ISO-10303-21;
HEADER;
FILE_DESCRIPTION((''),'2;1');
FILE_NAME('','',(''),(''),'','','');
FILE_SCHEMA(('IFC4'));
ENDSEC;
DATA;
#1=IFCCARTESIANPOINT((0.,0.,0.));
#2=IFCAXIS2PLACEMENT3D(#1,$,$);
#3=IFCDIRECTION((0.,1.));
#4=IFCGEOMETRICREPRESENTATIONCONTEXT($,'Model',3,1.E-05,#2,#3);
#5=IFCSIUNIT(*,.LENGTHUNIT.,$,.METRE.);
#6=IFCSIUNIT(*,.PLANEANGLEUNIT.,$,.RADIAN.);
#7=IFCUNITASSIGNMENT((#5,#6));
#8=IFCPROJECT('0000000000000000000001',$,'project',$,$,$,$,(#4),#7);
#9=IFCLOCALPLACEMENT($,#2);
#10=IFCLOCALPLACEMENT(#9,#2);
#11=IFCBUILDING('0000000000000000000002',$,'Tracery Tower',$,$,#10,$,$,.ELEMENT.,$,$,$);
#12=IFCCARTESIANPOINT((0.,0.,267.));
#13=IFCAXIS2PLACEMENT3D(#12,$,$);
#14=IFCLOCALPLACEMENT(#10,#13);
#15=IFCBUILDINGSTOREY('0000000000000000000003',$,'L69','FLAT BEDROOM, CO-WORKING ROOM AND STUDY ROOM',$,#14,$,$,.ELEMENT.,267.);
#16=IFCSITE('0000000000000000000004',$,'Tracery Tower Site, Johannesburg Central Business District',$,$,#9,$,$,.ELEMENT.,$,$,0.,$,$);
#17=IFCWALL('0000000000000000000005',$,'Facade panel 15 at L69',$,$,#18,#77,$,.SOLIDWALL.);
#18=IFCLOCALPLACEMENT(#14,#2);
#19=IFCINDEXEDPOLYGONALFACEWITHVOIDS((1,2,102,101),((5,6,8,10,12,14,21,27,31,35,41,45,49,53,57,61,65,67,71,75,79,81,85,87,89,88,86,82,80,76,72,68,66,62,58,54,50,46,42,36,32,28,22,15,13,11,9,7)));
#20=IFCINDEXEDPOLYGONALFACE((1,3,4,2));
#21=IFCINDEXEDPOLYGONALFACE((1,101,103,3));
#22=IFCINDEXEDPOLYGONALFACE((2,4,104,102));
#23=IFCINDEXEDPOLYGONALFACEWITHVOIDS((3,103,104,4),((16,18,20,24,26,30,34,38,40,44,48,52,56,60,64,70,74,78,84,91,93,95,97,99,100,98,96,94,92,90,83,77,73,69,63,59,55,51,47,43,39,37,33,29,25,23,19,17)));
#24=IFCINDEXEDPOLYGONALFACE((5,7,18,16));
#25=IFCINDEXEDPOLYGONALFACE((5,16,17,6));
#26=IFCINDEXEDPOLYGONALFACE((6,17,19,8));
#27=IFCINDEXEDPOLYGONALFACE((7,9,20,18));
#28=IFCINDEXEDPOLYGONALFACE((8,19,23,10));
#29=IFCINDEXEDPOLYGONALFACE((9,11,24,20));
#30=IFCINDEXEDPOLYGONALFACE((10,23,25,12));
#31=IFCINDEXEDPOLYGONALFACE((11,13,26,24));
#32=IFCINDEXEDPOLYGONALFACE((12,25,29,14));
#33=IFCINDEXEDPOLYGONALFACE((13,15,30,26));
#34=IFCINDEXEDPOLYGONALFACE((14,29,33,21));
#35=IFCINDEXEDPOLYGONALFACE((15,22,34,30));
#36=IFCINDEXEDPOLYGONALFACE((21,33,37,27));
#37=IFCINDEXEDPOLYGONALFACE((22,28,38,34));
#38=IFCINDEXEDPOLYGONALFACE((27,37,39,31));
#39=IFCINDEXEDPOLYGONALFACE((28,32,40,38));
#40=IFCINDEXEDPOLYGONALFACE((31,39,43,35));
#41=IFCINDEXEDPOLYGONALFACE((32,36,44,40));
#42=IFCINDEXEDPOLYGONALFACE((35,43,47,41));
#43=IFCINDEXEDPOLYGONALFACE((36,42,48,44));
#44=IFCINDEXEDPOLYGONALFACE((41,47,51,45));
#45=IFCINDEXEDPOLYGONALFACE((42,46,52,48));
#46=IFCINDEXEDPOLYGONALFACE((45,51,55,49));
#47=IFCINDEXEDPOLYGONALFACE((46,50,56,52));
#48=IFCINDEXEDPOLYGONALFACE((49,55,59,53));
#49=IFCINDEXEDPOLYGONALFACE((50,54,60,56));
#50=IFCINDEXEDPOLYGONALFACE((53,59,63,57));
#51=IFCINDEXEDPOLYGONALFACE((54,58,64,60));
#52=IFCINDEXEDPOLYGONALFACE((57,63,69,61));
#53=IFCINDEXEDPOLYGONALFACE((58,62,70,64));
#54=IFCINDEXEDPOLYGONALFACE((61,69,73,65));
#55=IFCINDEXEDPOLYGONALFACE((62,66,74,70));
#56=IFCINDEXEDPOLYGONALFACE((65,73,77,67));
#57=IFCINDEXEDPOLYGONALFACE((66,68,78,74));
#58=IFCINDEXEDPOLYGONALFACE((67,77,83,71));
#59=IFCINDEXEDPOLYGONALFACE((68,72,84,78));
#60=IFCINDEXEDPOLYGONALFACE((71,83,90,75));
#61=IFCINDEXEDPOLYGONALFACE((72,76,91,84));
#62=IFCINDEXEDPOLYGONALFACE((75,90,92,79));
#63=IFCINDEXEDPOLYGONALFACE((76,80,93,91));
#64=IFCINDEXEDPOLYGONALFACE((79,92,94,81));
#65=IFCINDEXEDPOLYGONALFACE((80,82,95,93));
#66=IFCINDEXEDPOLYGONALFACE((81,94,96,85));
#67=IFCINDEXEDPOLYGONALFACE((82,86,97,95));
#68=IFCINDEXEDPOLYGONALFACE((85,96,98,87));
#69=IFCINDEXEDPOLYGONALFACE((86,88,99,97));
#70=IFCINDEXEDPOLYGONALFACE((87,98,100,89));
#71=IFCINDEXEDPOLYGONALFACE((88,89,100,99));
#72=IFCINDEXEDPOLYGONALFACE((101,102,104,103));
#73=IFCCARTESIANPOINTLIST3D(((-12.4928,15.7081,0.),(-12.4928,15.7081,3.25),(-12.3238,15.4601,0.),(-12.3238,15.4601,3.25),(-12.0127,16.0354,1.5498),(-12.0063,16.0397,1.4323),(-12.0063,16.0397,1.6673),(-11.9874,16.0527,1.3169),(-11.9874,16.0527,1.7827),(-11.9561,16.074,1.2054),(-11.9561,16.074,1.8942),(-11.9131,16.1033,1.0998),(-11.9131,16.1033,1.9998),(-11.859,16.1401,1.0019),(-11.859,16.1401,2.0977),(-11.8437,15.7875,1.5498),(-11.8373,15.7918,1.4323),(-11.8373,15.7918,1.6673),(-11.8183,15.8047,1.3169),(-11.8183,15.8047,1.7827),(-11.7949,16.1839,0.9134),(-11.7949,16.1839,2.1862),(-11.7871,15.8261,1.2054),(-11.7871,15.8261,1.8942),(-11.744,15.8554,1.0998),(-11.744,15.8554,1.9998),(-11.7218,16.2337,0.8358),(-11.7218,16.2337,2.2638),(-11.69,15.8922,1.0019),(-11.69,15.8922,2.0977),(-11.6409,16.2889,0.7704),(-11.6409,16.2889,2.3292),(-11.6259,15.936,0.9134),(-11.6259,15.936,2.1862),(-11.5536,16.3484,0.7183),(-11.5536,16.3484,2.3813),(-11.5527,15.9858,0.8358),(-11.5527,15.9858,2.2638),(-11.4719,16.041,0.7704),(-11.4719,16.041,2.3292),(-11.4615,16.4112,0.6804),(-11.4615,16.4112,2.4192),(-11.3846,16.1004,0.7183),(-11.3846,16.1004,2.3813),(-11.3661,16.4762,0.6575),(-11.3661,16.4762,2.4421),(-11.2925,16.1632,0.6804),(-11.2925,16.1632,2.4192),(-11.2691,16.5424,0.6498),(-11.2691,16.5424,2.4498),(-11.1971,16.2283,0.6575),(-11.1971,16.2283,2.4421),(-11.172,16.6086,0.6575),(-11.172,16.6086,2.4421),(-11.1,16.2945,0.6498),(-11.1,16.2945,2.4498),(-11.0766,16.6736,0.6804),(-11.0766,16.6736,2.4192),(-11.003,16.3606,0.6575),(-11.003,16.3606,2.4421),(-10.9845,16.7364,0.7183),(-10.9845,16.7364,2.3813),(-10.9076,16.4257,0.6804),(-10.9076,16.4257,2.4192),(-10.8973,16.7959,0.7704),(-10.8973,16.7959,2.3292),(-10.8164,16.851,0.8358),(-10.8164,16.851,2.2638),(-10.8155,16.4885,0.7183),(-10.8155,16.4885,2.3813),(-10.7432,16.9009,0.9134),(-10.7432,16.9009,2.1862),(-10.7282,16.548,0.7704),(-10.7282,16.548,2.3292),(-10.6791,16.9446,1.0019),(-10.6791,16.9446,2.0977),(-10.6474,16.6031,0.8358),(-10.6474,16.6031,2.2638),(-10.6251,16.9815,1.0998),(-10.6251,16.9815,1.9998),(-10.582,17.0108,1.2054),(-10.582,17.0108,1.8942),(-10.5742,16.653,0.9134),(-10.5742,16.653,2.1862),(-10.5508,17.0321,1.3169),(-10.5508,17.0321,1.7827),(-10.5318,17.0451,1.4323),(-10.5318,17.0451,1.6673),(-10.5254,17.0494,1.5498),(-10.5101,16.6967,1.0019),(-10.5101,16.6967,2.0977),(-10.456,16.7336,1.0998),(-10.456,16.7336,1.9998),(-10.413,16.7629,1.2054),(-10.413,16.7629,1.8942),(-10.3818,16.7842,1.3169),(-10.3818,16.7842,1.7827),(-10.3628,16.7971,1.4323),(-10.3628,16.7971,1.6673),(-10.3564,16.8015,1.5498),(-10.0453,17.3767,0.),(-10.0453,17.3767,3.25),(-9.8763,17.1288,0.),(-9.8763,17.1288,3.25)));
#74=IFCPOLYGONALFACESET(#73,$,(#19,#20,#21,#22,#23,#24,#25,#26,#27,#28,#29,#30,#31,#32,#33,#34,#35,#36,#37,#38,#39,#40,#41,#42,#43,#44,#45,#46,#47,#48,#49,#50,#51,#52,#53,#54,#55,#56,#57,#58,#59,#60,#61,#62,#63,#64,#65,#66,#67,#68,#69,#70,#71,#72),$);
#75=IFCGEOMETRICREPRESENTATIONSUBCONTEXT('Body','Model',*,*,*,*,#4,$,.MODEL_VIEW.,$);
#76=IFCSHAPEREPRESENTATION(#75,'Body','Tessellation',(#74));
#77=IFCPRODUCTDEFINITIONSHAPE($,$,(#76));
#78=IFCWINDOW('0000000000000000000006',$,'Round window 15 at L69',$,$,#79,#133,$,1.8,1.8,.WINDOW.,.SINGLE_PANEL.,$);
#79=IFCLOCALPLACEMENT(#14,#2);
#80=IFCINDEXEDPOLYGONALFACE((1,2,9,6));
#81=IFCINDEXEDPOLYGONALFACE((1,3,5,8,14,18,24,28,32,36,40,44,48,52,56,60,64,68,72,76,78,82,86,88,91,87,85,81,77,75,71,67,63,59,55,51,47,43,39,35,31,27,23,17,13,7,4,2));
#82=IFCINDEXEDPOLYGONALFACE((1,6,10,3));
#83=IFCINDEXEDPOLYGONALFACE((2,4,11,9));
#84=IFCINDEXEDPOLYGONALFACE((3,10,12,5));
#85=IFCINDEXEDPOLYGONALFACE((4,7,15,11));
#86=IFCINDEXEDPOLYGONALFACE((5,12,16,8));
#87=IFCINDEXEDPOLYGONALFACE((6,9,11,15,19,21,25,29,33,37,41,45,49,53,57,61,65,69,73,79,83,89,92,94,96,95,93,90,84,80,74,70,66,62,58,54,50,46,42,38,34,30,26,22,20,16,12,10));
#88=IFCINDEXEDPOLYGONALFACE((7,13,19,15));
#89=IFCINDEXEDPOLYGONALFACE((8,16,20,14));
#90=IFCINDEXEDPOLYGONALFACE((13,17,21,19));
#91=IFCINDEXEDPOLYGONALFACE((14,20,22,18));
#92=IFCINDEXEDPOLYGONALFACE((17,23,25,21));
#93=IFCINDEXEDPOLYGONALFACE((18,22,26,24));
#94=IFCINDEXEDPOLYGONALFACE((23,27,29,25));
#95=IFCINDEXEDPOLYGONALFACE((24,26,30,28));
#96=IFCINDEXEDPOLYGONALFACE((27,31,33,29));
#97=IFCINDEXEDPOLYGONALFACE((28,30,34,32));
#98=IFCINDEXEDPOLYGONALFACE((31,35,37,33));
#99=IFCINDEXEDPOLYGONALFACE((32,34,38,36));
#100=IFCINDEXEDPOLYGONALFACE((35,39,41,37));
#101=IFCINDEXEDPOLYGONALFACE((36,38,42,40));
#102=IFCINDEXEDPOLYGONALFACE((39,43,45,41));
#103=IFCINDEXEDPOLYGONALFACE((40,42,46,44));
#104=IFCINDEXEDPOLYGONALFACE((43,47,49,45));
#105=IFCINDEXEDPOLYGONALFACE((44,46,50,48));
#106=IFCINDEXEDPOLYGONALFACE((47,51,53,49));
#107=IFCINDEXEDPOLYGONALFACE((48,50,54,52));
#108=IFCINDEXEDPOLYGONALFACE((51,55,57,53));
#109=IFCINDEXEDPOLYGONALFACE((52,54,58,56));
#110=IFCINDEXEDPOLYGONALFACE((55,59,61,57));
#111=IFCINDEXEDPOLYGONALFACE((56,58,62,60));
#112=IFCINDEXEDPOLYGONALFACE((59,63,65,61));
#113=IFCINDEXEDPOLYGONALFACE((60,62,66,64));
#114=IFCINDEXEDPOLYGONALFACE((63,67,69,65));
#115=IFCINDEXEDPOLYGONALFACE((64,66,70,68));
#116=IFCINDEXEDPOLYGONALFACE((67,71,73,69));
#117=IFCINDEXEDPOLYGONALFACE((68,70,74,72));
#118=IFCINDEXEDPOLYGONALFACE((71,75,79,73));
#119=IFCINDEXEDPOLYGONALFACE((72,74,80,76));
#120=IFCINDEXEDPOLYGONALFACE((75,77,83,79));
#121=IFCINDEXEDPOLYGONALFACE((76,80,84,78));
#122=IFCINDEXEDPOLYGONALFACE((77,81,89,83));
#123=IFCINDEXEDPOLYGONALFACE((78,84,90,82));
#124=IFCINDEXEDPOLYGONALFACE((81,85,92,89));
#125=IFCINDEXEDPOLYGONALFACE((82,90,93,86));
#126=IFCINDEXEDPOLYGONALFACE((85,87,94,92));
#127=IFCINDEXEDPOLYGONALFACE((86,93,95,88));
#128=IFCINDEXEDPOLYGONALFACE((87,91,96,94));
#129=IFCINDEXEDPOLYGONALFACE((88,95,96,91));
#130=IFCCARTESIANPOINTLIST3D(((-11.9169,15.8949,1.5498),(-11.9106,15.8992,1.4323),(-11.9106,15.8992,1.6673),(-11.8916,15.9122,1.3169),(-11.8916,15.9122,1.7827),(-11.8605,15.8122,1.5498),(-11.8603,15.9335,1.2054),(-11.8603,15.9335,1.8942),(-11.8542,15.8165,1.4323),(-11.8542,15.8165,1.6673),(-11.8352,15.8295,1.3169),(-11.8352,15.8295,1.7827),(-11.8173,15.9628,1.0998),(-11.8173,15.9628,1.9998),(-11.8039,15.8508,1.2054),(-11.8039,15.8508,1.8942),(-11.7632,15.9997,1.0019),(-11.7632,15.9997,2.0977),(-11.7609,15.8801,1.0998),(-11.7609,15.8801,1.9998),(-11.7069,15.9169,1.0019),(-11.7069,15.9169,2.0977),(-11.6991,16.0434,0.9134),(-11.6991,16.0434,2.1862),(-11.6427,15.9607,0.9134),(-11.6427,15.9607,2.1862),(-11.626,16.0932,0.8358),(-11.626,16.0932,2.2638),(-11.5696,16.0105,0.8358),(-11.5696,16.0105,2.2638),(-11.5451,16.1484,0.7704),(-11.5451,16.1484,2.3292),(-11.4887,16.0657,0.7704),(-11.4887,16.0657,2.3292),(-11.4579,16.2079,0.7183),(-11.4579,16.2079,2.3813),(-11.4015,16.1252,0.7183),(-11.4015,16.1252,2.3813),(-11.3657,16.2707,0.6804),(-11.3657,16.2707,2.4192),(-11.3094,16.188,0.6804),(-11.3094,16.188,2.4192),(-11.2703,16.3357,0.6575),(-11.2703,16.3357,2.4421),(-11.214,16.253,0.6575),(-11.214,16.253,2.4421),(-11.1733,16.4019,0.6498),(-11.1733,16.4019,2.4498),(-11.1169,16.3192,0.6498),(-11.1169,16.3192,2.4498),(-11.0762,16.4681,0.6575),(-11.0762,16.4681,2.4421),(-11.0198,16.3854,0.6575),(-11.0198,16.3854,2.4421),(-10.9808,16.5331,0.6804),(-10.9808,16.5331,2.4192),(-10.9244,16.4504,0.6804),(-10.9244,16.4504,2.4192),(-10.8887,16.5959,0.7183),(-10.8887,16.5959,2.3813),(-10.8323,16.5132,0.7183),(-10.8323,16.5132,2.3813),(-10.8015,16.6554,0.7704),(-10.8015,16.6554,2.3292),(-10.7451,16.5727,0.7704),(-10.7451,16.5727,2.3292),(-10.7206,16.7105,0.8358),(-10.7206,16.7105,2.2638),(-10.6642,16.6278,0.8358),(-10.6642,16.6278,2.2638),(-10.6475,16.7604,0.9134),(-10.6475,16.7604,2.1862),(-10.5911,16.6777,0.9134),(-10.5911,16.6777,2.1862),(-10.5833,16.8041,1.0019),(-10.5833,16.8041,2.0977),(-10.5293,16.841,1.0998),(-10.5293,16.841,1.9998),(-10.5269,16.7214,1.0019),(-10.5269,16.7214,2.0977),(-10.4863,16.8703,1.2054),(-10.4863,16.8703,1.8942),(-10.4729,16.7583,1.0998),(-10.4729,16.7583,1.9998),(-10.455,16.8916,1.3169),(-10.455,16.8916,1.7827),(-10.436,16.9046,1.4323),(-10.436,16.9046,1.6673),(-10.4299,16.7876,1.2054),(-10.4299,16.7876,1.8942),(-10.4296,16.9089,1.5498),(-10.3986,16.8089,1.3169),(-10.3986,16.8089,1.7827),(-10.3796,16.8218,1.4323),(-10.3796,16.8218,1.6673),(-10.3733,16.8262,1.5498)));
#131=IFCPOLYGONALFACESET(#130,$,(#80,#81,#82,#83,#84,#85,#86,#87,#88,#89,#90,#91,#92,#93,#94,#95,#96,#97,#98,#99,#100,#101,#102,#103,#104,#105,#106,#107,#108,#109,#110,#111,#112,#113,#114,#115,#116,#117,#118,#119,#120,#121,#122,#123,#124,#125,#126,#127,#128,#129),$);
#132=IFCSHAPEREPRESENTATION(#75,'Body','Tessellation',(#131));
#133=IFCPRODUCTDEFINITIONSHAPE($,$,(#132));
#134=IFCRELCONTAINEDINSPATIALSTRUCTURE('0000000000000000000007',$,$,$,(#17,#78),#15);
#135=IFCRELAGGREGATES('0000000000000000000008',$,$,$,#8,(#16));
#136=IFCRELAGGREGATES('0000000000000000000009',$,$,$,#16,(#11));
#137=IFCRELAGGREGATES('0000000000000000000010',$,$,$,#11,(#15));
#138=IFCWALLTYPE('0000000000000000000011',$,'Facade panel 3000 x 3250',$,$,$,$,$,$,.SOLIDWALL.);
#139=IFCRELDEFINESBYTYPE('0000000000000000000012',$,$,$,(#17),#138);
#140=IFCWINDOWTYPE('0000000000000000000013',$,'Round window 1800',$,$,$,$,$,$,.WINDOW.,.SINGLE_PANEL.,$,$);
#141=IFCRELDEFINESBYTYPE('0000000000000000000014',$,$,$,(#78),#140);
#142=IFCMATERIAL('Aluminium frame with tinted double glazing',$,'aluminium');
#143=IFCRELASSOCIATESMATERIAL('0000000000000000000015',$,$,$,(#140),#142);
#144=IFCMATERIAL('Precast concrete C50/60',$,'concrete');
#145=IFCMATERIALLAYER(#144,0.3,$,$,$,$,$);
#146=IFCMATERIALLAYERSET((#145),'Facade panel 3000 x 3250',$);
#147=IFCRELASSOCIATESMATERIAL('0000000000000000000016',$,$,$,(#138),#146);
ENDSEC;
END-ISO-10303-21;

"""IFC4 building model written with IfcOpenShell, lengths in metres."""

from ifc_helpers import new_model, si_unit, direction, frame, frame_2d, origin, origin_2d, place, context, subcontext, project, spatial, rectangle, circle, extrude, material, layer, layer_set, type_object, element, fill, save


model = new_model("IFC4")

# Units and contexts
model_context = context("Model", 3, precision=1e-05, world=origin(), true_north=direction((0.0, 1.0)))
body_context = subcontext(model_context, "Body", "Model", "MODEL_VIEW")
ifc_project = project(units=[si_unit("LENGTHUNIT", "METRE"), si_unit("PLANEANGLEUNIT", "RADIAN")], contexts=[model_context])

# Site, building, storey
site_placement = place(None, origin())
site = spatial("IfcSite", under=ifc_project, at=site_placement, Name="Tracery Tower Site, Johannesburg Central Business District", CompositionType="ELEMENT", RefElevation=0.0)
building_placement = place(site_placement, origin())
building = spatial("IfcBuilding", under=site, at=building_placement, Name="Tracery Tower", CompositionType="ELEMENT")
storey_placement = place(building_placement, frame((0.0, 0.0, 267.0)))
storey = spatial("IfcBuildingStorey", under=building, at=storey_placement, Name="L69", Description="FLAT BEDROOM, CO-WORKING ROOM AND STUDY ROOM", CompositionType="ELEMENT", Elevation=267.0)

# Wall, opening, window
ifc_material_1 = material(Name="Aluminium frame with tinted double glazing", Category="aluminium")
window_type = type_object("IfcWindowType", Name="Round window 1800", PartitioningType="SINGLE_PANEL", PredefinedType="WINDOW", material=ifc_material_1)
ifc_material_2 = material(Name="Precast concrete C50/60", Category="concrete")
ifc_layer_1 = layer(ifc_material_2, 0.3)
ifc_layer_set_1 = layer_set([ifc_layer_1], Name="Facade panel 3000 x 3250")
wall_type_1 = type_object("IfcWallType", Name="Facade panel 3000 x 3250", PredefinedType="SOLIDWALL", material=ifc_layer_set_1)
wall_1_placement = place(storey_placement, frame((-9.9609, 17.2527, 0.0), z_axis=(0.0, 0.0, 1.0), x_axis=(-0.826236, -0.563324, 0.0)))
wall_1 = element("IfcWall", 1, at=wall_1_placement, inside=storey, type_object=wall_type_1, Name="Facade panel 15 at L69", PredefinedType="SOLIDWALL", context=body_context, shape_type="SweptSolid", body=[
    extrude(rectangle(XDim=2.9622, YDim=0.3, at=frame_2d((1.481, 0.0))), origin(), (0.0, 0.0, 1.0), 3.25),
])
opening_1_placement = place(wall_1_placement, frame((1.481, 0.0, 1.5498)))
opening_1 = element("IfcOpeningElement", 2, at=opening_1_placement, cuts=wall_1, PredefinedType="OPENING", context=body_context, shape_type="SweptSolid", body=[
    extrude(circle(Radius=0.9, at=origin_2d()), frame((0.0, 0.1599, 0.0), z_axis=(0.0, -1.0, 0.0), x_axis=(1.0, 0.0, 0.0)), (0.0, 0.0, 1.0), 0.3201),
])
window_1_placement = place(opening_1_placement, origin())
window_1 = element("IfcWindow", 3, at=window_1_placement, inside=storey, type_object=window_type, Name="Round window 15 at L69", OverallHeight=1.8, OverallWidth=1.8, PartitioningType="SINGLE_PANEL", PredefinedType="WINDOW", context=body_context, shape_type="SweptSolid", body=[
    extrude(circle(Radius=0.9, at=origin_2d()), frame((0.0, 0.1201, 0.0), z_axis=(0.0, -1.0, 0.0), x_axis=(1.0, 0.0, 0.0)), (0.0, 0.0, 1.0), 0.1001),
])
fill(opening_1, window_1)

save(model, "model.ifc")
